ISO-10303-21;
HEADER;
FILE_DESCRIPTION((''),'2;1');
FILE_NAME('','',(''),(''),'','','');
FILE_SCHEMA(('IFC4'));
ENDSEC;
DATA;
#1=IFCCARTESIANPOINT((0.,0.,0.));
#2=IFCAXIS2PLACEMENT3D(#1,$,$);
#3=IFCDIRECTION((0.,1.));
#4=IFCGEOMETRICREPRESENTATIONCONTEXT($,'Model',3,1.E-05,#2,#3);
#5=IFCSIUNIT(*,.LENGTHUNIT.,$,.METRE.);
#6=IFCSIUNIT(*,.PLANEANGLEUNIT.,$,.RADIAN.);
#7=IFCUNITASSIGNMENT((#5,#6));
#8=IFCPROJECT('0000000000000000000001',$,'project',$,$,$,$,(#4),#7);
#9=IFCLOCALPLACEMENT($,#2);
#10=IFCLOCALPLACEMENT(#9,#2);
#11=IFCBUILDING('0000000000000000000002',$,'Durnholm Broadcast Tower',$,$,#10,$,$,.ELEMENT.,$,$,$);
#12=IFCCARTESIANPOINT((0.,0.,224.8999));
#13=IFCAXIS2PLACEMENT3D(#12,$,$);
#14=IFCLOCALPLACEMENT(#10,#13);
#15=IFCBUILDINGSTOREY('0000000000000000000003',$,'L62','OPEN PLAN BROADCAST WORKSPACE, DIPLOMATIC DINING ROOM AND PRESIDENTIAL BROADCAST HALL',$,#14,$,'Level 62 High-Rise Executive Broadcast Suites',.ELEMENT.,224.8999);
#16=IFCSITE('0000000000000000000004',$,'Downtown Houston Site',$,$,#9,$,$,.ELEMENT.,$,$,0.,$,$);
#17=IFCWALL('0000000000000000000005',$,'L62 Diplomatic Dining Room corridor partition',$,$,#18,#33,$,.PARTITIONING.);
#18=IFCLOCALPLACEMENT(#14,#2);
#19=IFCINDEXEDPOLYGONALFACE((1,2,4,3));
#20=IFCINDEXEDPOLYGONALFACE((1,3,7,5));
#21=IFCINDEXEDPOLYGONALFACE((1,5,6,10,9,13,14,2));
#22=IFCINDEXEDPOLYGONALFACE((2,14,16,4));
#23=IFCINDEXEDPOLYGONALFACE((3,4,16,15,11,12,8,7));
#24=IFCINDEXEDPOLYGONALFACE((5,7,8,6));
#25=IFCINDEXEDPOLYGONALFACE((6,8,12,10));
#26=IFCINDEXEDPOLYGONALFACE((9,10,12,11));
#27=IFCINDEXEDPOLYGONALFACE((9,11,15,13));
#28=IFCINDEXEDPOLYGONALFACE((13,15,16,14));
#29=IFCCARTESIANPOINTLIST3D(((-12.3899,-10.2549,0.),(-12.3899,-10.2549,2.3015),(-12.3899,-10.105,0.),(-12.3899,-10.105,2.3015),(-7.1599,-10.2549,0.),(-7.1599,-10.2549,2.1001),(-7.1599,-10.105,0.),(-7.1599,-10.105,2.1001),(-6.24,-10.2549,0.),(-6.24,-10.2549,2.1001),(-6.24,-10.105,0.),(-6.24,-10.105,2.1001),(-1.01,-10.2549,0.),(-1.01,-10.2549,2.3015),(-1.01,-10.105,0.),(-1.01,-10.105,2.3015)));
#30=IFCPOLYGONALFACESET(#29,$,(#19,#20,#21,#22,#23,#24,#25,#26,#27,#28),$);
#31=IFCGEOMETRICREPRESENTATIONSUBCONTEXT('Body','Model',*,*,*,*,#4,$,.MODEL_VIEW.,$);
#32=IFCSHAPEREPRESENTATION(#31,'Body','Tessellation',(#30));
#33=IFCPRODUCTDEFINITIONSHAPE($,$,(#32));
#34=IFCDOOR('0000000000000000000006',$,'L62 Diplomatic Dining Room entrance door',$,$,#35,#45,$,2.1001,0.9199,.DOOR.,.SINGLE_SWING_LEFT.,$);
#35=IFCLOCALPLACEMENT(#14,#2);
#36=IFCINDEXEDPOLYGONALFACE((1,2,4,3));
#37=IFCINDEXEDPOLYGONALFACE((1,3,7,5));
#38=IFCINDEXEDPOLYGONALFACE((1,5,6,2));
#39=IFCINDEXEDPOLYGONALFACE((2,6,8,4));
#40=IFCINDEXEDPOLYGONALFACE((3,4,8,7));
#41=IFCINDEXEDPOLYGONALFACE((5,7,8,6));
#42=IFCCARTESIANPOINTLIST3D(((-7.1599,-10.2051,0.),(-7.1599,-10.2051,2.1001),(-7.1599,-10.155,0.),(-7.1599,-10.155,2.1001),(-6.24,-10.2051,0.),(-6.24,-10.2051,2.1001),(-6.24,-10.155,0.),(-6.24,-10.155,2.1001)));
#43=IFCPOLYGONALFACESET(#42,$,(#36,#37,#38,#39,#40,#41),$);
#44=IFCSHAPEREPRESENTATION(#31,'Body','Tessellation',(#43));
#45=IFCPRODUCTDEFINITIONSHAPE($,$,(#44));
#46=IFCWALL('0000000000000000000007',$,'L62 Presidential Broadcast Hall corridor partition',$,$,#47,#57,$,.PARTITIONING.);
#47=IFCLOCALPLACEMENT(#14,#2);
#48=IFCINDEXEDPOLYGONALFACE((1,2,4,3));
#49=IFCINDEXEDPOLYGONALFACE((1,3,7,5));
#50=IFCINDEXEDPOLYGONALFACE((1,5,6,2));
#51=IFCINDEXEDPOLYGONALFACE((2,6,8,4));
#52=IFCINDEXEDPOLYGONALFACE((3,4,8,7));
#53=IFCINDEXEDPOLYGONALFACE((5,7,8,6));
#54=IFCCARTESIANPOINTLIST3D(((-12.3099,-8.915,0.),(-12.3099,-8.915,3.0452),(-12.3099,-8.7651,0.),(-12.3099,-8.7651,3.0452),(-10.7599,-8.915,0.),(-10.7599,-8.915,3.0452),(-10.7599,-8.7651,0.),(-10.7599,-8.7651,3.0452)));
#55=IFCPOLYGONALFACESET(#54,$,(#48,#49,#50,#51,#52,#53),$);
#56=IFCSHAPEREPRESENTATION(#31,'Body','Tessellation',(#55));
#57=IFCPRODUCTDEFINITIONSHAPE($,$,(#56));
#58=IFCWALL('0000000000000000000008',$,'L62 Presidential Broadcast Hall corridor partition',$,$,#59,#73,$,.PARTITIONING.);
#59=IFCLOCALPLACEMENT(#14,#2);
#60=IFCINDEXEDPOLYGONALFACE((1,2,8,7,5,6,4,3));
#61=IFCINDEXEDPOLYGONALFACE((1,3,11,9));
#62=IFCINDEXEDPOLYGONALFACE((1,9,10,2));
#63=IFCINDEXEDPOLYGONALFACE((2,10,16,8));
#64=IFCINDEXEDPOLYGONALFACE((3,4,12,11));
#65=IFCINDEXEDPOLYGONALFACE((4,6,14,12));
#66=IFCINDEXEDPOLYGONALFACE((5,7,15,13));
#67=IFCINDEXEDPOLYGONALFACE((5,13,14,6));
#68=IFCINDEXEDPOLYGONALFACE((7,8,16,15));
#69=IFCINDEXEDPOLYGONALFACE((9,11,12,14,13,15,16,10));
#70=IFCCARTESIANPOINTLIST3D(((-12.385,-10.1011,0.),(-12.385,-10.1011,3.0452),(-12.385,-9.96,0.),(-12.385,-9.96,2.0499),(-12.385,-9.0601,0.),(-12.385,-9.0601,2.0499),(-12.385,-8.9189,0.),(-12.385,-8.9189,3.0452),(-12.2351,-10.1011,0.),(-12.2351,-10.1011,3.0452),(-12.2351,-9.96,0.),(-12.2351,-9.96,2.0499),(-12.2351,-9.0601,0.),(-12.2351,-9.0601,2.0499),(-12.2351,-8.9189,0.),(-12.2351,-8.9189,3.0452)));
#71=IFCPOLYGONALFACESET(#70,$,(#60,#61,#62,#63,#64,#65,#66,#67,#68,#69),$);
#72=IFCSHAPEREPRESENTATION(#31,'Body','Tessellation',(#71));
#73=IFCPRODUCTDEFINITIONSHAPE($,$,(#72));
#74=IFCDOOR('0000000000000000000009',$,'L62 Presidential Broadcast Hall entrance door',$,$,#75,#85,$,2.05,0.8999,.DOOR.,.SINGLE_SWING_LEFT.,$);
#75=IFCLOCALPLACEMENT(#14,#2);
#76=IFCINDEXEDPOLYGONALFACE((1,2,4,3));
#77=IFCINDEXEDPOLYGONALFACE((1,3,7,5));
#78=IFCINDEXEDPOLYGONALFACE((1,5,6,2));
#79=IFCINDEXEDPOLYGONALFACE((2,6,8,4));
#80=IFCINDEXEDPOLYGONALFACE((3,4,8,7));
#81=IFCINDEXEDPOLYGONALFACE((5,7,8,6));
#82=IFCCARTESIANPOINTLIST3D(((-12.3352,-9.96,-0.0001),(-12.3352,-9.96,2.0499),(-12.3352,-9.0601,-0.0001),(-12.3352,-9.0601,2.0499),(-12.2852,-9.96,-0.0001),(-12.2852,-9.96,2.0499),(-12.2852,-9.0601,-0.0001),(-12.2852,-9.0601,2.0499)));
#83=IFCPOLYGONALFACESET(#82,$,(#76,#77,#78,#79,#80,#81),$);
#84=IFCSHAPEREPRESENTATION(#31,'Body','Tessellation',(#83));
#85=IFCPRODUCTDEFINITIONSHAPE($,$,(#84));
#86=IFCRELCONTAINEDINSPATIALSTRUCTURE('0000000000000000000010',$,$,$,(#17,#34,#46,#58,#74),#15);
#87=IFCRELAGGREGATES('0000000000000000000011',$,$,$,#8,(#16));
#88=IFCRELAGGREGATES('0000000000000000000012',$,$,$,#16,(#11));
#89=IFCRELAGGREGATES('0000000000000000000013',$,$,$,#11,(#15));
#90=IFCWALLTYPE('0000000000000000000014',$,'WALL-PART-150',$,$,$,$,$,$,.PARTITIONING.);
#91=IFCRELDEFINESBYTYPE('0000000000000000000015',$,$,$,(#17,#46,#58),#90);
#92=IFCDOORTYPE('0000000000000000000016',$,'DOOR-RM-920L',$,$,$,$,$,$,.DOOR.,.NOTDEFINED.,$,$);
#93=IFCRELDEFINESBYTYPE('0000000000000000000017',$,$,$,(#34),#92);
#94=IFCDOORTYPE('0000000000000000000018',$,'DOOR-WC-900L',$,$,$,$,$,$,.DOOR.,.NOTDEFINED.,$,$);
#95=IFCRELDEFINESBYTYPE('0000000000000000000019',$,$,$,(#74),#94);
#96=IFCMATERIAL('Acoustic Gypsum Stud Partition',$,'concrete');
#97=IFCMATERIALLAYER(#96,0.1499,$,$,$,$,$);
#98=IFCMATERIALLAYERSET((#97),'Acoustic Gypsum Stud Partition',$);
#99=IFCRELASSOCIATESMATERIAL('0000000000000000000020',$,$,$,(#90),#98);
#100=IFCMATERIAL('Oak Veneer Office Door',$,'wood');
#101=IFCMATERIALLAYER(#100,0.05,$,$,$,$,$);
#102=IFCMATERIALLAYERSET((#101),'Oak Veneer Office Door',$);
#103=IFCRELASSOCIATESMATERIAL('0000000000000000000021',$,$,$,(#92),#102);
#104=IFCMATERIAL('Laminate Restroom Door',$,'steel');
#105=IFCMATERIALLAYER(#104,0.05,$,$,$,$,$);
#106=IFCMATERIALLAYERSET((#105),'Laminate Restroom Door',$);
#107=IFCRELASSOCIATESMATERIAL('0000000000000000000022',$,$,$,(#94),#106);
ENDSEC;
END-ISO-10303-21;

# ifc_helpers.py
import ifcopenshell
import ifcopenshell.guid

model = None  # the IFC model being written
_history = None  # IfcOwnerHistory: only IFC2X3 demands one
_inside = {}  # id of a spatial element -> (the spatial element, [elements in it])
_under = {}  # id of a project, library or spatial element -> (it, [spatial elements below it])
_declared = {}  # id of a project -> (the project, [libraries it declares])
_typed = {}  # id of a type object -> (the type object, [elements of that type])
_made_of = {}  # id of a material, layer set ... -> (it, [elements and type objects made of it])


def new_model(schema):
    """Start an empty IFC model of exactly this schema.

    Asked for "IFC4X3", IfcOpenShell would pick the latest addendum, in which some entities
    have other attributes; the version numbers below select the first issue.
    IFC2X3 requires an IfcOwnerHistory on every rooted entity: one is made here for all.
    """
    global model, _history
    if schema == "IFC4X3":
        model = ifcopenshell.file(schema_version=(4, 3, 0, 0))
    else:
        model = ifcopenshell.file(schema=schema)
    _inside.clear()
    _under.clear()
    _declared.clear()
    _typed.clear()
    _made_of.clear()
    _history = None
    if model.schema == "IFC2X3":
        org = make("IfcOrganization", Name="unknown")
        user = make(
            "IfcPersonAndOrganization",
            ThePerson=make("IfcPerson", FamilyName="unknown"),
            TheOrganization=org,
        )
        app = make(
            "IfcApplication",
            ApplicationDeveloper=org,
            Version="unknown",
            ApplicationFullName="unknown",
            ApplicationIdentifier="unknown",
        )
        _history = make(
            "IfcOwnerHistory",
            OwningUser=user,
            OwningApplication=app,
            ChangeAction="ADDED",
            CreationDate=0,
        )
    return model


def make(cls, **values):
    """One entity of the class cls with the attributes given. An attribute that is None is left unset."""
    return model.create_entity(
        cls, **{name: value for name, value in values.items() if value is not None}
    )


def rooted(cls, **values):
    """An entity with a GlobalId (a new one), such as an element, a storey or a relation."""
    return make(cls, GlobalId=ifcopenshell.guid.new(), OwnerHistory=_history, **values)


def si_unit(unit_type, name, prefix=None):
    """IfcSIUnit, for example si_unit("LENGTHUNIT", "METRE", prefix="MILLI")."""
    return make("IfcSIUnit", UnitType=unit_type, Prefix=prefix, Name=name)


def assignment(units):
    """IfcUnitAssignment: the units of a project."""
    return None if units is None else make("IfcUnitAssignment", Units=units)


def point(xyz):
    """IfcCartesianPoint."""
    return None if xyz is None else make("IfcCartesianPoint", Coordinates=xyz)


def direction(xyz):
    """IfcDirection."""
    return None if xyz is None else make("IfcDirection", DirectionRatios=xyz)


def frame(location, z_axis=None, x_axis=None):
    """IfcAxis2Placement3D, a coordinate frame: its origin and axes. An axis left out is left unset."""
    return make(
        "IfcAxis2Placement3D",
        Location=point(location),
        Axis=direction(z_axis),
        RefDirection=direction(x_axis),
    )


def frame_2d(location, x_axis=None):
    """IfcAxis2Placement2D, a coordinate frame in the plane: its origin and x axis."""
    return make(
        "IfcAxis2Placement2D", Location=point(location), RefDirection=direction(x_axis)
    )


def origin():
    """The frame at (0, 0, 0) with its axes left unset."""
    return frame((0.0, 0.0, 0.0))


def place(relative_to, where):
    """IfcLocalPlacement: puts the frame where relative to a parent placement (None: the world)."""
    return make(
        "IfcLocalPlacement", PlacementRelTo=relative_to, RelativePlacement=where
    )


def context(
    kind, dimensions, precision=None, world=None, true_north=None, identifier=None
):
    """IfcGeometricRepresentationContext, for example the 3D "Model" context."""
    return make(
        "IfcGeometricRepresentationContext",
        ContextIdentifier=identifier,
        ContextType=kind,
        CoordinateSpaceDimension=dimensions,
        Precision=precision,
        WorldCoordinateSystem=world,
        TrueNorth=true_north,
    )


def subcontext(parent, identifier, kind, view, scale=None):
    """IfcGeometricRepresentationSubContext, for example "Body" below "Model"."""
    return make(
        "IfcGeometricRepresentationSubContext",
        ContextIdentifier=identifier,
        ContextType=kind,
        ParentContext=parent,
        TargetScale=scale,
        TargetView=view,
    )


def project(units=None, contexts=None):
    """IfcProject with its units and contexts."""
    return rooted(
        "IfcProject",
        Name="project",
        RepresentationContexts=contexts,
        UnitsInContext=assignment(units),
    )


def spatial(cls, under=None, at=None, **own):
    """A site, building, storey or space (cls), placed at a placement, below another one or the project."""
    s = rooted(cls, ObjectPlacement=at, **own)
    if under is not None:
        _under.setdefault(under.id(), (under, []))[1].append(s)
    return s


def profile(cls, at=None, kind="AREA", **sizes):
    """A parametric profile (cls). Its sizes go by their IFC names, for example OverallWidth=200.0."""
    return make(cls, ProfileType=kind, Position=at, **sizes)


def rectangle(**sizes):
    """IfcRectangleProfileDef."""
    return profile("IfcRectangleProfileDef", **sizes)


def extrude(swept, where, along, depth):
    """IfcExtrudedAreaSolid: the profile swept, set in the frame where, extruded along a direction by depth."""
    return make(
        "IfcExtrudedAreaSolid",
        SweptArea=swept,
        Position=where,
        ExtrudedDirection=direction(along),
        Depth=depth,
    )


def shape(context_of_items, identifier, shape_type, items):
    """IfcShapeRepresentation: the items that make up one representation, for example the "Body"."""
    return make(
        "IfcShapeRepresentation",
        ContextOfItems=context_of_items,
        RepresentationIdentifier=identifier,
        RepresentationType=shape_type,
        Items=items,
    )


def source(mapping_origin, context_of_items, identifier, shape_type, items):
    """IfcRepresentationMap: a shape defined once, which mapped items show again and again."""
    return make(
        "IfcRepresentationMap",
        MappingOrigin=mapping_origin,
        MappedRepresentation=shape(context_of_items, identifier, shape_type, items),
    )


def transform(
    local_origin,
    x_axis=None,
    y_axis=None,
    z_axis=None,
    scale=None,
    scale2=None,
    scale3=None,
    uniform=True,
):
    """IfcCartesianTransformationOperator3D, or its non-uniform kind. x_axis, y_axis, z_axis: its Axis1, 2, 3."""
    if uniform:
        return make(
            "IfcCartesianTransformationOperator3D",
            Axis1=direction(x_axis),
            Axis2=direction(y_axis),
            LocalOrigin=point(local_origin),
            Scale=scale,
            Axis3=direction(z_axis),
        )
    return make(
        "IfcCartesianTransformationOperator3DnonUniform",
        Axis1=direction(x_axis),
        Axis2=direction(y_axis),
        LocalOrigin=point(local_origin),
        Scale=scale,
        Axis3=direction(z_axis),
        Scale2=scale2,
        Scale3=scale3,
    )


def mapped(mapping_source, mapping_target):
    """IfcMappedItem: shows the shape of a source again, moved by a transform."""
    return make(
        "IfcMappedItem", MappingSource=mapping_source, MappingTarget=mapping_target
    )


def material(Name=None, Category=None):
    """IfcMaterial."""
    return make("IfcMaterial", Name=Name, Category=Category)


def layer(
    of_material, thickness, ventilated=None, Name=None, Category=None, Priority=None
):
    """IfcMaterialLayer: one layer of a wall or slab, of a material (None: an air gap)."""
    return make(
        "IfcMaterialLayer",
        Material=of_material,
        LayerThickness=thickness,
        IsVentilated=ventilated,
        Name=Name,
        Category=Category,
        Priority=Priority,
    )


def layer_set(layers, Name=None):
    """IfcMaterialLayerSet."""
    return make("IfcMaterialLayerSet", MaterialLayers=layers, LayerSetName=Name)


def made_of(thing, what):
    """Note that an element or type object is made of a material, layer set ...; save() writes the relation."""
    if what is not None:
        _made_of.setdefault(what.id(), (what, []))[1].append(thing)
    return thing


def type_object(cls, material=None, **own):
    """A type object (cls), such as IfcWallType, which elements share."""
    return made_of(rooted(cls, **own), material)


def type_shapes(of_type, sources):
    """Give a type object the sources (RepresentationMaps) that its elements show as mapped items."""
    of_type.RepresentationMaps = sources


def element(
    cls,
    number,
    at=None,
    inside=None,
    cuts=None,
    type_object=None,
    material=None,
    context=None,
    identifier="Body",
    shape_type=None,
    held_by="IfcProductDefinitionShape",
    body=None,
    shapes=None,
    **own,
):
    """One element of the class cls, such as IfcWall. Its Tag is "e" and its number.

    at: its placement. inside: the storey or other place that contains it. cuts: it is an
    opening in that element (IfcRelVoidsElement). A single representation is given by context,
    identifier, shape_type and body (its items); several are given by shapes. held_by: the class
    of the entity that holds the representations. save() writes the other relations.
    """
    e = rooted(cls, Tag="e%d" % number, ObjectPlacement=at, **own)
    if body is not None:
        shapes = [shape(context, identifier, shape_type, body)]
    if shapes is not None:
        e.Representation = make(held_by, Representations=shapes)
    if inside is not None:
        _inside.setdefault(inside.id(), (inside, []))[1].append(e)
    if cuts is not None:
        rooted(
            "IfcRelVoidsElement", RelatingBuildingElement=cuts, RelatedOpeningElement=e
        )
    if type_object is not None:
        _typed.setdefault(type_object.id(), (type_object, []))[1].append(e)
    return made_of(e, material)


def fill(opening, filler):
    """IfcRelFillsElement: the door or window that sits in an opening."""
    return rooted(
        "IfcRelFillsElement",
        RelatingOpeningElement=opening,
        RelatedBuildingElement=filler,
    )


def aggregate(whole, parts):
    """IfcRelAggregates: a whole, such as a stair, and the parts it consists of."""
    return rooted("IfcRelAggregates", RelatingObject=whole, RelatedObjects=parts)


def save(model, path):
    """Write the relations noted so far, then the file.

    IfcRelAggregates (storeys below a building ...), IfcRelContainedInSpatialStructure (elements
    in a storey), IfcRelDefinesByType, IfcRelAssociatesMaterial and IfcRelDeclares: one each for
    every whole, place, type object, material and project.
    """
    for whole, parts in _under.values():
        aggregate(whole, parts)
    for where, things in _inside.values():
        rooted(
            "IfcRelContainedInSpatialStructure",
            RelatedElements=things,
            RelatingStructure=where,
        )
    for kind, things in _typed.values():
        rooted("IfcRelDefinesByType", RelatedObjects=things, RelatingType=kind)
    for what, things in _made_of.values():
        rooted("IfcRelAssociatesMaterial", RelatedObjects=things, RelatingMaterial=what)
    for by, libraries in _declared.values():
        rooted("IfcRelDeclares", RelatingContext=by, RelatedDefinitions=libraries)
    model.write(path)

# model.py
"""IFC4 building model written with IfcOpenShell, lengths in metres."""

from ifc_helpers import new_model, si_unit, direction, frame, frame_2d, origin, place, context, subcontext, project, spatial, rectangle, extrude, source, transform, mapped, material, layer, layer_set, type_object, type_shapes, element, fill, save


model = new_model("IFC4")

# Units and contexts
model_context = context("Model", 3, precision=1e-05, world=origin(), true_north=direction((0.0, 1.0)))
body_context = subcontext(model_context, "Body", "Model", "MODEL_VIEW")
ifc_project = project(units=[si_unit("LENGTHUNIT", "METRE"), si_unit("PLANEANGLEUNIT", "RADIAN")], contexts=[model_context])

# Site, building, storey
site_placement = place(None, origin())
site = spatial("IfcSite", under=ifc_project, at=site_placement, Name="Downtown Houston Site", CompositionType="ELEMENT", RefElevation=0.0)
building_placement = place(site_placement, origin())
building = spatial("IfcBuilding", under=site, at=building_placement, Name="Durnholm Broadcast Tower", CompositionType="ELEMENT")
storey_placement = place(building_placement, frame((0.0, 0.0, 224.8999)))
storey = spatial("IfcBuildingStorey", under=building, at=storey_placement, Name="L62", Description="OPEN PLAN BROADCAST WORKSPACE, DIPLOMATIC DINING ROOM AND PRESIDENTIAL BROADCAST HALL", LongName="Level 62 High-Rise Executive Broadcast Suites", CompositionType="ELEMENT", Elevation=224.8999)

# Wall, opening, door
ifc_material_1 = material(Name="Acoustic Gypsum Stud Partition", Category="concrete")
ifc_layer_1 = layer(ifc_material_1, 0.1499)
ifc_layer_set_1 = layer_set([ifc_layer_1], Name="Acoustic Gypsum Stud Partition")
wall_type_1 = type_object("IfcWallType", Name="WALL-PART-150", PredefinedType="PARTITIONING", material=ifc_layer_set_1)
wall_1_placement = place(storey_placement, frame((-12.3899, -10.1799, 0.0), z_axis=(0.0, 0.0, 1.0), x_axis=(1.0, 0.0, 0.0)))
wall_1 = element("IfcWall", 1, at=wall_1_placement, inside=storey, type_object=wall_type_1, Name="L62 Diplomatic Dining Room corridor partition", PredefinedType="PARTITIONING", context=body_context, shape_type="SweptSolid", body=[
    extrude(rectangle(XDim=11.3799, YDim=0.1499, at=frame_2d((5.6899, 0.0))), origin(), (0.0, 0.0, 1.0), 2.3015),
])
opening_1_placement = place(wall_1_placement, frame((5.23, 0.0, 0.0)))
opening_1 = element("IfcOpeningElement", 2, at=opening_1_placement, cuts=wall_1, PredefinedType="OPENING", context=body_context, shape_type="SweptSolid", body=[
    extrude(rectangle(XDim=0.9199, YDim=2.1001, at=frame_2d((0.46, 1.05))), frame((0.0, 0.085, 0.0), z_axis=(0.0, -1.0, 0.0), x_axis=(1.0, 0.0, 0.0)), (0.0, 0.0, 1.0), 0.1699),
])
ifc_material_2 = material(Name="Oak Veneer Office Door", Category="wood")
ifc_layer_2 = layer(ifc_material_2, 0.05)
ifc_layer_set_2 = layer_set([ifc_layer_2], Name="Oak Veneer Office Door")
door_type_1 = type_object("IfcDoorType", Name="DOOR-RM-920L", OperationType="NOTDEFINED", PredefinedType="DOOR", material=ifc_layer_set_2)
shared_shape_1 = source(origin(), body_context, "Body", "SweptSolid", [
    extrude(rectangle(XDim=0.9199, YDim=2.1001, at=frame_2d((0.46, 1.05))), frame((0.0, 0.0249, 0.0), z_axis=(0.0, -1.0, 0.0), x_axis=(1.0, 0.0, 0.0)), (0.0, 0.0, 1.0), 0.05),
])
type_shapes(door_type_1, [shared_shape_1])
door_1_placement = place(opening_1_placement, origin())
door_1 = element("IfcDoor", 3, at=door_1_placement, inside=storey, type_object=door_type_1, Name="L62 Diplomatic Dining Room entrance door", OperationType="SINGLE_SWING_LEFT", OverallHeight=2.1001, OverallWidth=0.9199, PredefinedType="DOOR", context=body_context, shape_type="MappedRepresentation", body=[
    mapped(shared_shape_1, transform((0.0, 0.0, 0.0), x_axis=(1.0, 0.0, 0.0), y_axis=(0.0, 1.0, 0.0), z_axis=(0.0, 0.0, 1.0), scale=1.0)),
])
fill(opening_1, door_1)

# Wall
wall_2_placement = place(storey_placement, frame((-10.76, -8.8401, 0.0), z_axis=(0.0, 0.0, 1.0), x_axis=(-1.0, 0.0, 0.0)))
element("IfcWall", 4, at=wall_2_placement, inside=storey, type_object=wall_type_1, Name="L62 Presidential Broadcast Hall corridor partition", PredefinedType="PARTITIONING", context=body_context, shape_type="SweptSolid", body=[
    extrude(rectangle(XDim=1.55, YDim=0.1499, at=frame_2d((0.7749, 0.0))), origin(), (0.0, 0.0, 1.0), 3.0452),
])

# Wall, opening, door
wall_3_placement = place(storey_placement, frame((-12.3101, -8.9189, 0.0), z_axis=(0.0, 0.0, 1.0), x_axis=(0.0, -1.0, 0.0)))
wall_3 = element("IfcWall", 5, at=wall_3_placement, inside=storey, type_object=wall_type_1, Name="L62 Presidential Broadcast Hall corridor partition", PredefinedType="PARTITIONING", context=body_context, shape_type="SweptSolid", body=[
    extrude(rectangle(XDim=1.1821, YDim=0.1499, at=frame_2d((0.5911, 0.0))), origin(), (0.0, 0.0, 1.0), 3.0452),
])
opening_2_placement = place(wall_3_placement, frame((0.1411, 0.0, 0.0)))
opening_2 = element("IfcOpeningElement", 6, at=opening_2_placement, cuts=wall_3, PredefinedType="OPENING", context=body_context, shape_type="SweptSolid", body=[
    extrude(rectangle(XDim=0.8999, YDim=2.05, at=frame_2d((0.45, 1.0249))), frame((0.0, 0.085, 0.0), z_axis=(0.0, -1.0, 0.0), x_axis=(1.0, 0.0, 0.0)), (0.0, 0.0, 1.0), 0.1699),
])
ifc_material_3 = material(Name="Laminate Restroom Door", Category="steel")
ifc_layer_3 = layer(ifc_material_3, 0.05)
ifc_layer_set_3 = layer_set([ifc_layer_3], Name="Laminate Restroom Door")
door_type_2 = type_object("IfcDoorType", Name="DOOR-WC-900L", OperationType="NOTDEFINED", PredefinedType="DOOR", material=ifc_layer_set_3)
shared_shape_2 = source(origin(), body_context, "Body", "SweptSolid", [
    extrude(rectangle(XDim=0.8999, YDim=2.05, at=frame_2d((0.45, 1.0249))), frame((0.0, 0.0249, 0.0), z_axis=(0.0, -1.0, 0.0), x_axis=(1.0, 0.0, 0.0)), (0.0, 0.0, 1.0), 0.05),
])
type_shapes(door_type_2, [shared_shape_2])
door_2_placement = place(opening_2_placement, origin())
door_2 = element("IfcDoor", 7, at=door_2_placement, inside=storey, type_object=door_type_2, Name="L62 Presidential Broadcast Hall entrance door", OperationType="SINGLE_SWING_LEFT", OverallHeight=2.05, OverallWidth=0.8999, PredefinedType="DOOR", context=body_context, shape_type="MappedRepresentation", body=[
    mapped(shared_shape_2, transform((0.0, 0.0, 0.0), x_axis=(1.0, 0.0, 0.0), y_axis=(0.0, 1.0, 0.0), z_axis=(0.0, 0.0, 1.0), scale=1.0)),
])
fill(opening_2, door_2)

save(model, "model.ifc")
